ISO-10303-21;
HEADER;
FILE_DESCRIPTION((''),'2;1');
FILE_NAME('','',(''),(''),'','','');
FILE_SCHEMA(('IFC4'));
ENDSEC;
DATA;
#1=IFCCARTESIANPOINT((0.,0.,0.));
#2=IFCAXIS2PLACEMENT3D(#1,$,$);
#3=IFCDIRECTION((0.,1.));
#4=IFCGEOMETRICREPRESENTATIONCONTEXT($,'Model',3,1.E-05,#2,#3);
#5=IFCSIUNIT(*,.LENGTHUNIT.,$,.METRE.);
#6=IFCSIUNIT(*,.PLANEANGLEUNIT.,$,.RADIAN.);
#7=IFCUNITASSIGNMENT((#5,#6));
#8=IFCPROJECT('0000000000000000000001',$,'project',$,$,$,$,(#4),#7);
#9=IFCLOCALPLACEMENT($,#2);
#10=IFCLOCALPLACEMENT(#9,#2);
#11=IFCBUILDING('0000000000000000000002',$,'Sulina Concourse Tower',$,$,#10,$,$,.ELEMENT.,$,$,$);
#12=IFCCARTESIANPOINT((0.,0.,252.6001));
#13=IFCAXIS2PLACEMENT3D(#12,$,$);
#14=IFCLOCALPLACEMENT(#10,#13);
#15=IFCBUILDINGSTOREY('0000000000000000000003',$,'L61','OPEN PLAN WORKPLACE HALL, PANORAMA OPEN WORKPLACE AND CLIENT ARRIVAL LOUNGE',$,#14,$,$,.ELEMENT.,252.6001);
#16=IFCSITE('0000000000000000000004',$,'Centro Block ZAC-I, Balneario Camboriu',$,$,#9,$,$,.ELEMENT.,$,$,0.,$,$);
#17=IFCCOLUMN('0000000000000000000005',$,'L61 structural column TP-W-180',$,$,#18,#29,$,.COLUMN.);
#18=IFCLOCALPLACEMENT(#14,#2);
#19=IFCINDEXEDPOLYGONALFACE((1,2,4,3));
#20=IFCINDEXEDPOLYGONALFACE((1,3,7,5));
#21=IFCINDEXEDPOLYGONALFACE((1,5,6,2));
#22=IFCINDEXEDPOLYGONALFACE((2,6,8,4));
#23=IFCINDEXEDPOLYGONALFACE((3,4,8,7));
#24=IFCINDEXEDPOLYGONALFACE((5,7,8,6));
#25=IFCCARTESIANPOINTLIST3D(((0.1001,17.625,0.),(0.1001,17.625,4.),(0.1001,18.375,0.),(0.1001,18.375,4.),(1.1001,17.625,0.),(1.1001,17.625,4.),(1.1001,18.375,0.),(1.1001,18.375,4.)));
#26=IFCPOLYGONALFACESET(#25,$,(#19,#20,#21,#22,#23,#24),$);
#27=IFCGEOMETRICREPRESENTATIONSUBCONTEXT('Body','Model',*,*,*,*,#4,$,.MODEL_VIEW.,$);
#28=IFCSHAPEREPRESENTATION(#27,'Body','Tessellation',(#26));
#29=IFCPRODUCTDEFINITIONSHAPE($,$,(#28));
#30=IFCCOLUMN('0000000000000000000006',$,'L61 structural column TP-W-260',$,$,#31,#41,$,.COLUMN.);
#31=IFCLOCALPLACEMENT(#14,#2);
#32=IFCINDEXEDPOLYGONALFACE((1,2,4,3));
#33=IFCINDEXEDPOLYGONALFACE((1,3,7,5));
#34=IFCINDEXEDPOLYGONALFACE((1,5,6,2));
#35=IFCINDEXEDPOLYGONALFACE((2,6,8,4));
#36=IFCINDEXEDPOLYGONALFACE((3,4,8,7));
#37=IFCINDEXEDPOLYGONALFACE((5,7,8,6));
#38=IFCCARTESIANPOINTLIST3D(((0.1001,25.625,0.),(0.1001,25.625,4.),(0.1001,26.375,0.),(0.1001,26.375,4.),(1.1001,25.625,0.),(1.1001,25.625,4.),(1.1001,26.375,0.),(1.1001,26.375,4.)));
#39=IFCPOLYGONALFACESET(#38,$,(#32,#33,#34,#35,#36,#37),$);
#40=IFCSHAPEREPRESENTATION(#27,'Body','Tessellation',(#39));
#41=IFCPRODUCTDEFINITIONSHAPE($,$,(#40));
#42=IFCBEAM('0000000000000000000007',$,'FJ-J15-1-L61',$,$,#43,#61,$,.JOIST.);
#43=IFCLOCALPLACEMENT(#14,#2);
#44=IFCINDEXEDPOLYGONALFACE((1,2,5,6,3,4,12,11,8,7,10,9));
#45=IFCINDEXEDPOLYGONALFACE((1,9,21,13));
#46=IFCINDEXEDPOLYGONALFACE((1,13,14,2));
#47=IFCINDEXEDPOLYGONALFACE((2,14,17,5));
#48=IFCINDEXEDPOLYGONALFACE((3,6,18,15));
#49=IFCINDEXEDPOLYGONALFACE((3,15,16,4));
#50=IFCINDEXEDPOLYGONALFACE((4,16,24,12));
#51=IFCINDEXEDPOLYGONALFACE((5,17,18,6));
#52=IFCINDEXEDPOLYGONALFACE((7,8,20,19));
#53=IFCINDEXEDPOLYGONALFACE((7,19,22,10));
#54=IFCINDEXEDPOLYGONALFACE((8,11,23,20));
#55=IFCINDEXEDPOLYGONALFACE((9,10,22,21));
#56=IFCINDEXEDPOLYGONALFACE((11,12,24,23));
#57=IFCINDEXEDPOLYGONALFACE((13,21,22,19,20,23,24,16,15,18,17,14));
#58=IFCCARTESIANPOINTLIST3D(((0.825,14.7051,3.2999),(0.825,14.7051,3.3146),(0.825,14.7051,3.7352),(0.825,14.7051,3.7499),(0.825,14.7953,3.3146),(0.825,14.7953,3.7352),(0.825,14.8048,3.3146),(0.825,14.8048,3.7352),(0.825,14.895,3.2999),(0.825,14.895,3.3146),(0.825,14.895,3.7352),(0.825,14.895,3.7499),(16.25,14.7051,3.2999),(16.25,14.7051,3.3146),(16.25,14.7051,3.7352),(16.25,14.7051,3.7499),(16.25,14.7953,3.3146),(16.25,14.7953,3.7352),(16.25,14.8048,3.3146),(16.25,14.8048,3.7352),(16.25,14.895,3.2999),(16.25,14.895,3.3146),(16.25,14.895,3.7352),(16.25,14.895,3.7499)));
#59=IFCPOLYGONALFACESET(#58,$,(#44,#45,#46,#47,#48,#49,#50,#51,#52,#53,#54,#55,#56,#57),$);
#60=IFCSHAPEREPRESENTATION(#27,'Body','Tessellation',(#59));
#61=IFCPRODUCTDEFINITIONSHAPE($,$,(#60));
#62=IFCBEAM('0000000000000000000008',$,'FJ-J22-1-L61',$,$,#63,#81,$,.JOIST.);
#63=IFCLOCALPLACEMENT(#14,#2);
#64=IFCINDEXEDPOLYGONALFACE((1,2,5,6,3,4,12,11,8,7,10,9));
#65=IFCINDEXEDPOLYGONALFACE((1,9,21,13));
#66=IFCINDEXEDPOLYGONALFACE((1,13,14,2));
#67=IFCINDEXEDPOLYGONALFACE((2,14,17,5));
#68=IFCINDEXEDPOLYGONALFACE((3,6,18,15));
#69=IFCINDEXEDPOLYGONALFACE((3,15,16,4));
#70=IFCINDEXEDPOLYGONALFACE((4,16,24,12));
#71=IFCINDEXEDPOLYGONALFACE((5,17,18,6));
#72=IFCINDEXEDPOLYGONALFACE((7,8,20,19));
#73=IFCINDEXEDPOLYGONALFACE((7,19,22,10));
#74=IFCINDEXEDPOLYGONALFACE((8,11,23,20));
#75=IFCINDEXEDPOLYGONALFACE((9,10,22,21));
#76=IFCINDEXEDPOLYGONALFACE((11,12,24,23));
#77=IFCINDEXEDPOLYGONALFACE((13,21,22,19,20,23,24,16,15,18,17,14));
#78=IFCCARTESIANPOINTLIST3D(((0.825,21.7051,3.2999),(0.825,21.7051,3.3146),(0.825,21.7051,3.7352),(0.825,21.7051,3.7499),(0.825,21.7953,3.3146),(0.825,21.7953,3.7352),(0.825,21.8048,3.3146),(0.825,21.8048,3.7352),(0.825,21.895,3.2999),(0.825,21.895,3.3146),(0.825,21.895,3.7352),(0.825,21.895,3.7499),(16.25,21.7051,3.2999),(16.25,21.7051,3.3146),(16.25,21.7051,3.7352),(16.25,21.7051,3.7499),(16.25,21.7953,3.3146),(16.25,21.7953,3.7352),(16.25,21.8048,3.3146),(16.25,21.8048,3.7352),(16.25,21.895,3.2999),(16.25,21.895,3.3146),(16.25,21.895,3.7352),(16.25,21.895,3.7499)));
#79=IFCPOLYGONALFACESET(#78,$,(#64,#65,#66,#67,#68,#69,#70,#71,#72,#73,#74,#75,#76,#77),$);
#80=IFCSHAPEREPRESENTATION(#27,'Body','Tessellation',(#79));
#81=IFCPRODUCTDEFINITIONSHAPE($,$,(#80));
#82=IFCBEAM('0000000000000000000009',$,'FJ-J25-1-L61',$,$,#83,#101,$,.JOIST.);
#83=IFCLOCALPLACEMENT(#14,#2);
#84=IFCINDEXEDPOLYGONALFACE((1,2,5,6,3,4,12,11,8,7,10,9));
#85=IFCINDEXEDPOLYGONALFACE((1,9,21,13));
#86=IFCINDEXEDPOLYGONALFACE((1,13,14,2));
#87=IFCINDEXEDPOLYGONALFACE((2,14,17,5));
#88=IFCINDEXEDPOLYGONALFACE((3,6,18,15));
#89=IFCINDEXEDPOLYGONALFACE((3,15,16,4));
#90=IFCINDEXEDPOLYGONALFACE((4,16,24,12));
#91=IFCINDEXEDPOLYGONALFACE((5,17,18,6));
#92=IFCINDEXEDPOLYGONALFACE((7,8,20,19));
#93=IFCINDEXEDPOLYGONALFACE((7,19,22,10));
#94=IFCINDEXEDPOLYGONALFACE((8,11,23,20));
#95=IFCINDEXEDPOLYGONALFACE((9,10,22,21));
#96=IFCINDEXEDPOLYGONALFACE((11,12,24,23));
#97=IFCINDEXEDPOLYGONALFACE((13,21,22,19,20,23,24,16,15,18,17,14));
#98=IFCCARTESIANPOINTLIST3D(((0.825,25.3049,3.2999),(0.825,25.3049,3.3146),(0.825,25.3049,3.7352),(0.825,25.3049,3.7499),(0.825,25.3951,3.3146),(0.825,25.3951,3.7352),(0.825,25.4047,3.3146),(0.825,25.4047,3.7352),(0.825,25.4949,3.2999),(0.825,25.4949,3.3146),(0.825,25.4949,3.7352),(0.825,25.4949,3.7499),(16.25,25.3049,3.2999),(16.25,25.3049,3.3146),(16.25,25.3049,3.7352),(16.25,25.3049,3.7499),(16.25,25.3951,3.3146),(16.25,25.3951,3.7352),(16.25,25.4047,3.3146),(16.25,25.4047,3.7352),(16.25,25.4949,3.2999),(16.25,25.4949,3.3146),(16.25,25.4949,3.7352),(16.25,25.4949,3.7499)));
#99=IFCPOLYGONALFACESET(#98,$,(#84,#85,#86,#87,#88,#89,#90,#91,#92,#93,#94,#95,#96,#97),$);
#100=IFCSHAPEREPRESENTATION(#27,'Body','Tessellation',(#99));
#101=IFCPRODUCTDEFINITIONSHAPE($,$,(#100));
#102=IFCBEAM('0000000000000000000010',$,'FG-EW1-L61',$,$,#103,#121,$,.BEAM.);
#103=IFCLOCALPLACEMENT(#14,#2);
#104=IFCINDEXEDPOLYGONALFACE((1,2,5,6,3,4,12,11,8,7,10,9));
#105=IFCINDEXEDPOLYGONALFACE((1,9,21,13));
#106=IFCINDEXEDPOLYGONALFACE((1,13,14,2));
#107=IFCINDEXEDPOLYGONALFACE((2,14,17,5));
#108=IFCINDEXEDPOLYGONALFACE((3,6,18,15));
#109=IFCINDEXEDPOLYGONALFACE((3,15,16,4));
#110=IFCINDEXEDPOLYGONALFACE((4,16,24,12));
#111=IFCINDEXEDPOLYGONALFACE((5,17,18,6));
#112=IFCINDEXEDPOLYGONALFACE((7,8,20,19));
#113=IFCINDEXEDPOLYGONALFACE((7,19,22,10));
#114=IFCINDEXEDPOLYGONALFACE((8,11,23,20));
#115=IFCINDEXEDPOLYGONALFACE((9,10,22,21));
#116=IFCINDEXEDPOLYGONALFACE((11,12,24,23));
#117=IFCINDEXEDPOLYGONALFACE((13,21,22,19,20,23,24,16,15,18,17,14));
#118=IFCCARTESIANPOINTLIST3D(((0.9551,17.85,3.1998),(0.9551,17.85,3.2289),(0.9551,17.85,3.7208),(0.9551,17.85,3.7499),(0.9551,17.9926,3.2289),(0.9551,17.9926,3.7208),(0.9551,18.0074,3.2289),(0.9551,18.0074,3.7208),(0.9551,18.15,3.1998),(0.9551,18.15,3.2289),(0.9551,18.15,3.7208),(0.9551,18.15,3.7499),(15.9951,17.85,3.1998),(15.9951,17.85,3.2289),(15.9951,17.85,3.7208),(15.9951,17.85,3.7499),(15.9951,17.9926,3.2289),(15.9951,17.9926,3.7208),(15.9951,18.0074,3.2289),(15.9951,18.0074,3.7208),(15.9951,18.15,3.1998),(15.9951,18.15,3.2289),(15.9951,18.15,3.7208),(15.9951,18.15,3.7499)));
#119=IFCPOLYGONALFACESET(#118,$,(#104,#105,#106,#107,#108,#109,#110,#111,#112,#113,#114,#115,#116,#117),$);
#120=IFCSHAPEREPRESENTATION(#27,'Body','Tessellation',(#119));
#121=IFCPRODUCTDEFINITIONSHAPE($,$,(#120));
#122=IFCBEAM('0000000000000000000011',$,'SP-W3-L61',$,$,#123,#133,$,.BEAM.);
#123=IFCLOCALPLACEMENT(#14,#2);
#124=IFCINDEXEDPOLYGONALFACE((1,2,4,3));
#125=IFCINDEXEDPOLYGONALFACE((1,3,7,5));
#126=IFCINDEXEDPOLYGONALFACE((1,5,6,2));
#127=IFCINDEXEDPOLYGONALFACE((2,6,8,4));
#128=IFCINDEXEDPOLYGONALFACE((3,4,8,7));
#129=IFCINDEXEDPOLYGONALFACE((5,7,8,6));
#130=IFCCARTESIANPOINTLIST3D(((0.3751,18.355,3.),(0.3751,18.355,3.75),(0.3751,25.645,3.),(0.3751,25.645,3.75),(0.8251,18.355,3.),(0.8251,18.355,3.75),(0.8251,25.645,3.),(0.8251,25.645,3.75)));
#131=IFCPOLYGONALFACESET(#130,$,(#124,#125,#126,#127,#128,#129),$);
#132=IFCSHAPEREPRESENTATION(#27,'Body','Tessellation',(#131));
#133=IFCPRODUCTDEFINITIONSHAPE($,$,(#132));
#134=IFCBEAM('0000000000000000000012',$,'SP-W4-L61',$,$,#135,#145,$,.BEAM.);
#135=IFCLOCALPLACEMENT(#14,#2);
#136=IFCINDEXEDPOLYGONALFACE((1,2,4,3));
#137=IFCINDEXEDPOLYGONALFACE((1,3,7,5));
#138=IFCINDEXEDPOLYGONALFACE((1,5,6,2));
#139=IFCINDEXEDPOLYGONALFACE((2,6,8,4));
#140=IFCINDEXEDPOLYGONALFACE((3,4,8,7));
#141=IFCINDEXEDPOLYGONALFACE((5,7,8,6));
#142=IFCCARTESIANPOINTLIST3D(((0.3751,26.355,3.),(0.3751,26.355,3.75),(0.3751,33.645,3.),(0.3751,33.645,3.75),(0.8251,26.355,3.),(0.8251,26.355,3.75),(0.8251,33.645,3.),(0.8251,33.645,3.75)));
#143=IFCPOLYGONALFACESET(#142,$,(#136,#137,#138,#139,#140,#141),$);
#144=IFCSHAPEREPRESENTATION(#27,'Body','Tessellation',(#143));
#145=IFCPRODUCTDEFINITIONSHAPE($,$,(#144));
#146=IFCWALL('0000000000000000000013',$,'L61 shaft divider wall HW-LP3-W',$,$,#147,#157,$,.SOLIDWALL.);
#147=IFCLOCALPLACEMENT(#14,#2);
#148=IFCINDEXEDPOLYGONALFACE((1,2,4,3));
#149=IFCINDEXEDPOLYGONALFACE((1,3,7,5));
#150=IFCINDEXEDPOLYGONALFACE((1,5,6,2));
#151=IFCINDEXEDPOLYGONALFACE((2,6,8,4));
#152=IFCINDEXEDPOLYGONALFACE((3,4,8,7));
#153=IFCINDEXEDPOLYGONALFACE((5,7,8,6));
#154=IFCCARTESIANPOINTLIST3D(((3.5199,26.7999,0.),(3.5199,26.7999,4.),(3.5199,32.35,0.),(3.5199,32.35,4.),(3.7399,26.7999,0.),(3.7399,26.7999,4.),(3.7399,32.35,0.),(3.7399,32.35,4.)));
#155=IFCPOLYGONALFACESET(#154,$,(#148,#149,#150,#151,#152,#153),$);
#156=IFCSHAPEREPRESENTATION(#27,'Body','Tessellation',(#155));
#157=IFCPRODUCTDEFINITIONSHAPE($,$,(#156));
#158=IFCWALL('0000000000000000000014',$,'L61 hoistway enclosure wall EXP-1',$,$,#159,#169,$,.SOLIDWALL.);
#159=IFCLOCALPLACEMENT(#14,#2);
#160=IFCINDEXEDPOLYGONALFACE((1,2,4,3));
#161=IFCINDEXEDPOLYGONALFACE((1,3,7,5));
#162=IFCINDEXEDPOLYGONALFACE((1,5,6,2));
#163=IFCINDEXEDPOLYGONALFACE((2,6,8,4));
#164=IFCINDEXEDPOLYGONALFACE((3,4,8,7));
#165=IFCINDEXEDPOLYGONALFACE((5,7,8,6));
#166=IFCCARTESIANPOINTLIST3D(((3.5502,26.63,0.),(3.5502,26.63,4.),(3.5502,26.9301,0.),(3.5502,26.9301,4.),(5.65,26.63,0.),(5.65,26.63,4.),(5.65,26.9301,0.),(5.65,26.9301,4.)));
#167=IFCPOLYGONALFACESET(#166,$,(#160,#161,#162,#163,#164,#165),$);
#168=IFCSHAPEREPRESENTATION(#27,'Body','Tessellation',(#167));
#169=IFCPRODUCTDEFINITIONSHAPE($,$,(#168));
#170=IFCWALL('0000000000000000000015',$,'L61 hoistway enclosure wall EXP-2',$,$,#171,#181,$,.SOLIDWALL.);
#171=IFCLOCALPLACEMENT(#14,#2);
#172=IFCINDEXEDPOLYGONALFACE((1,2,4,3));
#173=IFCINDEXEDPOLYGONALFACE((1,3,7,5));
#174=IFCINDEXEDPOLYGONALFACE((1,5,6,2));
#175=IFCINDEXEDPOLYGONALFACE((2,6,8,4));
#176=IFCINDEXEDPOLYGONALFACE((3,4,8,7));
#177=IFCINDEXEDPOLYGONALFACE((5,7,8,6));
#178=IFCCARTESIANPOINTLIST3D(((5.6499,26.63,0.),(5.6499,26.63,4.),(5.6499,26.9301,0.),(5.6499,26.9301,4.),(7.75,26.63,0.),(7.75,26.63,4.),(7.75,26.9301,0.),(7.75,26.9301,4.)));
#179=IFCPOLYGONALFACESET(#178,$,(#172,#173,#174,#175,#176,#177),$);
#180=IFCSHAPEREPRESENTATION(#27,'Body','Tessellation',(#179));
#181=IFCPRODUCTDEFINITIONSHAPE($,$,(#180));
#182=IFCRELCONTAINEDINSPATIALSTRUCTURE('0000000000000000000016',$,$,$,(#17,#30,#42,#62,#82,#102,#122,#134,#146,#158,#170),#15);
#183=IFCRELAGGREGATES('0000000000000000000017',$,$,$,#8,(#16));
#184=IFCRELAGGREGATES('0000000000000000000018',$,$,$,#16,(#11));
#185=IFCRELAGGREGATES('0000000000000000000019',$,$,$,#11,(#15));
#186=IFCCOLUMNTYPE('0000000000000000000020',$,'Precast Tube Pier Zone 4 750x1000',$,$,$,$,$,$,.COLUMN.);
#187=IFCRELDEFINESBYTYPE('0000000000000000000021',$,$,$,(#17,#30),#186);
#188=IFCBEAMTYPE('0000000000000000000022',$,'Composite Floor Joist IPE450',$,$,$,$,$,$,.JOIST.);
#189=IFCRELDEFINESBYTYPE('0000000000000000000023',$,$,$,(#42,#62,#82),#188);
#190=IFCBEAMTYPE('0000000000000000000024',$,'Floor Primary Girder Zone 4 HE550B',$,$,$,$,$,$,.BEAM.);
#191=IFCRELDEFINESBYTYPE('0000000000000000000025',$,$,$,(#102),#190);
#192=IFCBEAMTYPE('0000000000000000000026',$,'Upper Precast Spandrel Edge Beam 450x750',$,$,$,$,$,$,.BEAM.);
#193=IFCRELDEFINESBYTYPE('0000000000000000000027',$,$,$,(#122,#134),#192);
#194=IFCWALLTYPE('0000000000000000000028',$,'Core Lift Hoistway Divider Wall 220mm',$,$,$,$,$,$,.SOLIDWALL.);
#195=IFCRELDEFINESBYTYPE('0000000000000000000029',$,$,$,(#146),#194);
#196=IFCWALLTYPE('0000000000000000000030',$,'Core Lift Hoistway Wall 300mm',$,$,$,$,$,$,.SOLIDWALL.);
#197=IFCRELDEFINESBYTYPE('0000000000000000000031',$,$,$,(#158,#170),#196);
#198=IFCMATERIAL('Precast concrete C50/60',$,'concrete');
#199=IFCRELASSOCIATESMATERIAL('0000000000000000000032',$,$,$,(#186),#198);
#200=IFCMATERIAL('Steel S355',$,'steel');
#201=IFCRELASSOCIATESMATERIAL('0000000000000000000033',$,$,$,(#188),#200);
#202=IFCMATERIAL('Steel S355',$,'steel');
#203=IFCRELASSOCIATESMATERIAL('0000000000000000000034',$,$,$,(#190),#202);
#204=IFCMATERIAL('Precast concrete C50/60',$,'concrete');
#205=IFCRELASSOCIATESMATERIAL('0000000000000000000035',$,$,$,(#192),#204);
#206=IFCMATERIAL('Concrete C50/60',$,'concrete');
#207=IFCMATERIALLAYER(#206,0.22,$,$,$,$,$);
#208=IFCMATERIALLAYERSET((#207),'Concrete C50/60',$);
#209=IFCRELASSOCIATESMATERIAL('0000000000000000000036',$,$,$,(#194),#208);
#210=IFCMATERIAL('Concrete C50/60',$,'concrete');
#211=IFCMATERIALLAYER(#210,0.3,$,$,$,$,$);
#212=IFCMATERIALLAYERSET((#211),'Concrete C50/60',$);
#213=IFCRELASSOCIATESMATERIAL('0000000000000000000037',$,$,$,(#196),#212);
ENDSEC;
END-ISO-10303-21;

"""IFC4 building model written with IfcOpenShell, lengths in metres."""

from ifc_helpers import new_model, si_unit, direction, frame, frame_2d, origin, origin_2d, place, context, subcontext, project, spatial, rectangle, i_section, extrude, material, layer, layer_set, material_profile, profile_set, type_object, element, save


model = new_model("IFC4")

# Units and contexts
model_context = context("Model", 3, precision=1e-05, world=origin(), true_north=direction((0.0, 1.0)))
body_context = subcontext(model_context, "Body", "Model", "MODEL_VIEW")
ifc_project = project(units=[si_unit("LENGTHUNIT", "METRE"), si_unit("PLANEANGLEUNIT", "RADIAN")], contexts=[model_context])

# Site, building, storey
site_placement = place(None, origin())
site = spatial("IfcSite", under=ifc_project, at=site_placement, Name="Centro Block ZAC-I, Balneario Camboriu", CompositionType="ELEMENT", RefElevation=0.0)
building_placement = place(site_placement, origin())
building = spatial("IfcBuilding", under=site, at=building_placement, Name="Sulina Concourse Tower", CompositionType="ELEMENT")
storey_placement = place(building_placement, frame((0.0, 0.0, 252.6001)))
storey = spatial("IfcBuildingStorey", under=building, at=storey_placement, Name="L61", Description="OPEN PLAN WORKPLACE HALL, PANORAMA OPEN WORKPLACE AND CLIENT ARRIVAL LOUNGE", CompositionType="ELEMENT", Elevation=252.6001)

# Columns
ifc_material_1 = material(Name="Precast concrete C50/60", Category="concrete")
ifc_material_profile_1 = material_profile(ifc_material_1, rectangle(XDim=0.75, YDim=1.0, at=origin_2d()), Name="PC 750x1000")
ifc_profile_set_1 = profile_set([ifc_material_profile_1], Name="Precast concrete C50/60")
column_type = type_object("IfcColumnType", Name="Precast Tube Pier Zone 4 750x1000", PredefinedType="COLUMN", material=ifc_profile_set_1)
for number, where, z_axis, x_axis, name in (
    (1, (0.6001, 18.0, 0.0), (0.0, 0.0, 1.0), (0.0, 1.0, 0.0), "L61 structural column TP-W-180"),
    (2, (0.6001, 26.0, 0.0), (0.0, 0.0, 1.0), (0.0, 1.0, 0.0), "L61 structural column TP-W-260"),
):
    element("IfcColumn", number, at=place(storey_placement, frame(where, z_axis=z_axis, x_axis=x_axis)), inside=storey, type_object=column_type, Name=name, PredefinedType="COLUMN", context=body_context, shape_type="SweptSolid", body=[
        extrude(rectangle(XDim=0.75, YDim=1.0, at=origin_2d()), origin(), (0.0, 0.0, 1.0), 4.0),
    ])

# Beams
ifc_material_2 = material(Name="Steel S355", Category="steel")
ifc_material_profile_2 = material_profile(ifc_material_2, i_section(OverallWidth=0.1899, OverallDepth=0.45, WebThickness=0.0095, FlangeThickness=0.0146, at=origin_2d()), Name="IPE 450")
ifc_profile_set_2 = profile_set([ifc_material_profile_2], Name="Steel S355")
beam_type_1 = type_object("IfcBeamType", Name="Composite Floor Joist IPE450", PredefinedType="JOIST", material=ifc_profile_set_2)
for number, where, z_axis, x_axis, name in (
    (3, (0.825, 14.8, 3.5249), (1.0, 0.0, 0.0), (0.0, 1.0, 0.0), "FJ-J15-1-L61"),
    (4, (0.825, 21.8, 3.5249), (1.0, 0.0, 0.0), (0.0, 1.0, 0.0), "FJ-J22-1-L61"),
    (5, (0.825, 25.3999, 3.5249), (1.0, 0.0, 0.0), (0.0, 1.0, 0.0), "FJ-J25-1-L61"),
):
    element("IfcBeam", number, at=place(storey_placement, frame(where, z_axis=z_axis, x_axis=x_axis)), inside=storey, type_object=beam_type_1, Name=name, PredefinedType="JOIST", context=body_context, shape_type="SweptSolid", body=[
        extrude(i_section(OverallWidth=0.1899, OverallDepth=0.45, WebThickness=0.0095, FlangeThickness=0.0146, at=origin_2d()), origin(), (0.0, 0.0, 1.0), 15.425),
    ])
ifc_material_3 = material(Name="Steel S355", Category="steel")
ifc_material_profile_3 = material_profile(ifc_material_3, i_section(OverallWidth=0.3, OverallDepth=0.55, WebThickness=0.0149, FlangeThickness=0.0291, at=origin_2d()), Name="HE 550 B")
ifc_profile_set_3 = profile_set([ifc_material_profile_3], Name="Steel S355")
beam_type_2 = type_object("IfcBeamType", Name="Floor Primary Girder Zone 4 HE550B", PredefinedType="BEAM", material=ifc_profile_set_3)
beam_placement = place(storey_placement, frame((0.9551, 18.0, 3.4749), z_axis=(1.0, 0.0, 0.0), x_axis=(0.0, 1.0, 0.0)))
element("IfcBeam", 6, at=beam_placement, inside=storey, type_object=beam_type_2, Name="FG-EW1-L61", PredefinedType="BEAM", context=body_context, shape_type="SweptSolid", body=[
    extrude(i_section(OverallWidth=0.3, OverallDepth=0.55, WebThickness=0.0149, FlangeThickness=0.0291, at=origin_2d()), origin(), (0.0, 0.0, 1.0), 15.04),
])
ifc_material_4 = material(Name="Precast concrete C50/60", Category="concrete")
ifc_material_profile_4 = material_profile(ifc_material_4, rectangle(XDim=0.45, YDim=0.75, at=origin_2d()), Name="RC 450x750")
ifc_profile_set_4 = profile_set([ifc_material_profile_4], Name="Precast concrete C50/60")
beam_type_3 = type_object("IfcBeamType", Name="Upper Precast Spandrel Edge Beam 450x750", PredefinedType="BEAM", material=ifc_profile_set_4)
for number, where, z_axis, x_axis, name in (
    (7, (0.6001, 18.355, 3.375), (0.0, 1.0, 0.0), (-1.0, 0.0, 0.0), "SP-W3-L61"),
    (8, (0.6001, 26.355, 3.375), (0.0, 1.0, 0.0), (-1.0, 0.0, 0.0), "SP-W4-L61"),
):
    element("IfcBeam", number, at=place(storey_placement, frame(where, z_axis=z_axis, x_axis=x_axis)), inside=storey, type_object=beam_type_3, Name=name, PredefinedType="BEAM", context=body_context, shape_type="SweptSolid", body=[
        extrude(rectangle(XDim=0.45, YDim=0.75, at=origin_2d()), origin(), (0.0, 0.0, 1.0), 7.29),
    ])

# Walls
ifc_material_5 = material(Name="Concrete C50/60", Category="concrete")
ifc_layer_1 = layer(ifc_material_5, 0.22)
ifc_layer_set_1 = layer_set([ifc_layer_1], Name="Concrete C50/60")
wall_type_1 = type_object("IfcWallType", Name="Core Lift Hoistway Divider Wall 220mm", PredefinedType="SOLIDWALL", material=ifc_layer_set_1)
wall_1_placement = place(storey_placement, frame((3.6299, 26.8, 0.0), z_axis=(0.0, 0.0, 1.0), x_axis=(0.0, 1.0, 0.0)))
element("IfcWall", 9, at=wall_1_placement, inside=storey, type_object=wall_type_1, Name="L61 shaft divider wall HW-LP3-W", PredefinedType="SOLIDWALL", context=body_context, shape_type="SweptSolid", body=[
    extrude(rectangle(XDim=5.55, YDim=0.22, at=frame_2d((2.7749, 0.0))), origin(), (0.0, 0.0, 1.0), 4.0),
])
ifc_material_6 = material(Name="Concrete C50/60", Category="concrete")
ifc_layer_2 = layer(ifc_material_6, 0.3)
ifc_layer_set_2 = layer_set([ifc_layer_2], Name="Concrete C50/60")
wall_type_2 = type_object("IfcWallType", Name="Core Lift Hoistway Wall 300mm", PredefinedType="SOLIDWALL", material=ifc_layer_set_2)
wall_2_placement = place(storey_placement, frame((5.6499, 26.78, 0.0), z_axis=(0.0, 0.0, 1.0), x_axis=(-1.0, 0.0, 0.0)))
element("IfcWall", 10, at=wall_2_placement, inside=storey, type_object=wall_type_2, Name="L61 hoistway enclosure wall EXP-1", PredefinedType="SOLIDWALL", context=body_context, shape_type="SweptSolid", body=[
    extrude(rectangle(XDim=2.0999, YDim=0.3, at=frame_2d((1.0498, 0.0))), origin(), (0.0, 0.0, 1.0), 4.0),
])
wall_3_placement = place(storey_placement, frame((7.75, 26.78, 0.0), z_axis=(0.0, 0.0, 1.0), x_axis=(-1.0, 0.0, 0.0)))
element("IfcWall", 11, at=wall_3_placement, inside=storey, type_object=wall_type_2, Name="L61 hoistway enclosure wall EXP-2", PredefinedType="SOLIDWALL", context=body_context, shape_type="SweptSolid", body=[
    extrude(rectangle(XDim=2.1001, YDim=0.3, at=frame_2d((1.05, 0.0))), origin(), (0.0, 0.0, 1.0), 4.0),
])

save(model, "model.ifc")
